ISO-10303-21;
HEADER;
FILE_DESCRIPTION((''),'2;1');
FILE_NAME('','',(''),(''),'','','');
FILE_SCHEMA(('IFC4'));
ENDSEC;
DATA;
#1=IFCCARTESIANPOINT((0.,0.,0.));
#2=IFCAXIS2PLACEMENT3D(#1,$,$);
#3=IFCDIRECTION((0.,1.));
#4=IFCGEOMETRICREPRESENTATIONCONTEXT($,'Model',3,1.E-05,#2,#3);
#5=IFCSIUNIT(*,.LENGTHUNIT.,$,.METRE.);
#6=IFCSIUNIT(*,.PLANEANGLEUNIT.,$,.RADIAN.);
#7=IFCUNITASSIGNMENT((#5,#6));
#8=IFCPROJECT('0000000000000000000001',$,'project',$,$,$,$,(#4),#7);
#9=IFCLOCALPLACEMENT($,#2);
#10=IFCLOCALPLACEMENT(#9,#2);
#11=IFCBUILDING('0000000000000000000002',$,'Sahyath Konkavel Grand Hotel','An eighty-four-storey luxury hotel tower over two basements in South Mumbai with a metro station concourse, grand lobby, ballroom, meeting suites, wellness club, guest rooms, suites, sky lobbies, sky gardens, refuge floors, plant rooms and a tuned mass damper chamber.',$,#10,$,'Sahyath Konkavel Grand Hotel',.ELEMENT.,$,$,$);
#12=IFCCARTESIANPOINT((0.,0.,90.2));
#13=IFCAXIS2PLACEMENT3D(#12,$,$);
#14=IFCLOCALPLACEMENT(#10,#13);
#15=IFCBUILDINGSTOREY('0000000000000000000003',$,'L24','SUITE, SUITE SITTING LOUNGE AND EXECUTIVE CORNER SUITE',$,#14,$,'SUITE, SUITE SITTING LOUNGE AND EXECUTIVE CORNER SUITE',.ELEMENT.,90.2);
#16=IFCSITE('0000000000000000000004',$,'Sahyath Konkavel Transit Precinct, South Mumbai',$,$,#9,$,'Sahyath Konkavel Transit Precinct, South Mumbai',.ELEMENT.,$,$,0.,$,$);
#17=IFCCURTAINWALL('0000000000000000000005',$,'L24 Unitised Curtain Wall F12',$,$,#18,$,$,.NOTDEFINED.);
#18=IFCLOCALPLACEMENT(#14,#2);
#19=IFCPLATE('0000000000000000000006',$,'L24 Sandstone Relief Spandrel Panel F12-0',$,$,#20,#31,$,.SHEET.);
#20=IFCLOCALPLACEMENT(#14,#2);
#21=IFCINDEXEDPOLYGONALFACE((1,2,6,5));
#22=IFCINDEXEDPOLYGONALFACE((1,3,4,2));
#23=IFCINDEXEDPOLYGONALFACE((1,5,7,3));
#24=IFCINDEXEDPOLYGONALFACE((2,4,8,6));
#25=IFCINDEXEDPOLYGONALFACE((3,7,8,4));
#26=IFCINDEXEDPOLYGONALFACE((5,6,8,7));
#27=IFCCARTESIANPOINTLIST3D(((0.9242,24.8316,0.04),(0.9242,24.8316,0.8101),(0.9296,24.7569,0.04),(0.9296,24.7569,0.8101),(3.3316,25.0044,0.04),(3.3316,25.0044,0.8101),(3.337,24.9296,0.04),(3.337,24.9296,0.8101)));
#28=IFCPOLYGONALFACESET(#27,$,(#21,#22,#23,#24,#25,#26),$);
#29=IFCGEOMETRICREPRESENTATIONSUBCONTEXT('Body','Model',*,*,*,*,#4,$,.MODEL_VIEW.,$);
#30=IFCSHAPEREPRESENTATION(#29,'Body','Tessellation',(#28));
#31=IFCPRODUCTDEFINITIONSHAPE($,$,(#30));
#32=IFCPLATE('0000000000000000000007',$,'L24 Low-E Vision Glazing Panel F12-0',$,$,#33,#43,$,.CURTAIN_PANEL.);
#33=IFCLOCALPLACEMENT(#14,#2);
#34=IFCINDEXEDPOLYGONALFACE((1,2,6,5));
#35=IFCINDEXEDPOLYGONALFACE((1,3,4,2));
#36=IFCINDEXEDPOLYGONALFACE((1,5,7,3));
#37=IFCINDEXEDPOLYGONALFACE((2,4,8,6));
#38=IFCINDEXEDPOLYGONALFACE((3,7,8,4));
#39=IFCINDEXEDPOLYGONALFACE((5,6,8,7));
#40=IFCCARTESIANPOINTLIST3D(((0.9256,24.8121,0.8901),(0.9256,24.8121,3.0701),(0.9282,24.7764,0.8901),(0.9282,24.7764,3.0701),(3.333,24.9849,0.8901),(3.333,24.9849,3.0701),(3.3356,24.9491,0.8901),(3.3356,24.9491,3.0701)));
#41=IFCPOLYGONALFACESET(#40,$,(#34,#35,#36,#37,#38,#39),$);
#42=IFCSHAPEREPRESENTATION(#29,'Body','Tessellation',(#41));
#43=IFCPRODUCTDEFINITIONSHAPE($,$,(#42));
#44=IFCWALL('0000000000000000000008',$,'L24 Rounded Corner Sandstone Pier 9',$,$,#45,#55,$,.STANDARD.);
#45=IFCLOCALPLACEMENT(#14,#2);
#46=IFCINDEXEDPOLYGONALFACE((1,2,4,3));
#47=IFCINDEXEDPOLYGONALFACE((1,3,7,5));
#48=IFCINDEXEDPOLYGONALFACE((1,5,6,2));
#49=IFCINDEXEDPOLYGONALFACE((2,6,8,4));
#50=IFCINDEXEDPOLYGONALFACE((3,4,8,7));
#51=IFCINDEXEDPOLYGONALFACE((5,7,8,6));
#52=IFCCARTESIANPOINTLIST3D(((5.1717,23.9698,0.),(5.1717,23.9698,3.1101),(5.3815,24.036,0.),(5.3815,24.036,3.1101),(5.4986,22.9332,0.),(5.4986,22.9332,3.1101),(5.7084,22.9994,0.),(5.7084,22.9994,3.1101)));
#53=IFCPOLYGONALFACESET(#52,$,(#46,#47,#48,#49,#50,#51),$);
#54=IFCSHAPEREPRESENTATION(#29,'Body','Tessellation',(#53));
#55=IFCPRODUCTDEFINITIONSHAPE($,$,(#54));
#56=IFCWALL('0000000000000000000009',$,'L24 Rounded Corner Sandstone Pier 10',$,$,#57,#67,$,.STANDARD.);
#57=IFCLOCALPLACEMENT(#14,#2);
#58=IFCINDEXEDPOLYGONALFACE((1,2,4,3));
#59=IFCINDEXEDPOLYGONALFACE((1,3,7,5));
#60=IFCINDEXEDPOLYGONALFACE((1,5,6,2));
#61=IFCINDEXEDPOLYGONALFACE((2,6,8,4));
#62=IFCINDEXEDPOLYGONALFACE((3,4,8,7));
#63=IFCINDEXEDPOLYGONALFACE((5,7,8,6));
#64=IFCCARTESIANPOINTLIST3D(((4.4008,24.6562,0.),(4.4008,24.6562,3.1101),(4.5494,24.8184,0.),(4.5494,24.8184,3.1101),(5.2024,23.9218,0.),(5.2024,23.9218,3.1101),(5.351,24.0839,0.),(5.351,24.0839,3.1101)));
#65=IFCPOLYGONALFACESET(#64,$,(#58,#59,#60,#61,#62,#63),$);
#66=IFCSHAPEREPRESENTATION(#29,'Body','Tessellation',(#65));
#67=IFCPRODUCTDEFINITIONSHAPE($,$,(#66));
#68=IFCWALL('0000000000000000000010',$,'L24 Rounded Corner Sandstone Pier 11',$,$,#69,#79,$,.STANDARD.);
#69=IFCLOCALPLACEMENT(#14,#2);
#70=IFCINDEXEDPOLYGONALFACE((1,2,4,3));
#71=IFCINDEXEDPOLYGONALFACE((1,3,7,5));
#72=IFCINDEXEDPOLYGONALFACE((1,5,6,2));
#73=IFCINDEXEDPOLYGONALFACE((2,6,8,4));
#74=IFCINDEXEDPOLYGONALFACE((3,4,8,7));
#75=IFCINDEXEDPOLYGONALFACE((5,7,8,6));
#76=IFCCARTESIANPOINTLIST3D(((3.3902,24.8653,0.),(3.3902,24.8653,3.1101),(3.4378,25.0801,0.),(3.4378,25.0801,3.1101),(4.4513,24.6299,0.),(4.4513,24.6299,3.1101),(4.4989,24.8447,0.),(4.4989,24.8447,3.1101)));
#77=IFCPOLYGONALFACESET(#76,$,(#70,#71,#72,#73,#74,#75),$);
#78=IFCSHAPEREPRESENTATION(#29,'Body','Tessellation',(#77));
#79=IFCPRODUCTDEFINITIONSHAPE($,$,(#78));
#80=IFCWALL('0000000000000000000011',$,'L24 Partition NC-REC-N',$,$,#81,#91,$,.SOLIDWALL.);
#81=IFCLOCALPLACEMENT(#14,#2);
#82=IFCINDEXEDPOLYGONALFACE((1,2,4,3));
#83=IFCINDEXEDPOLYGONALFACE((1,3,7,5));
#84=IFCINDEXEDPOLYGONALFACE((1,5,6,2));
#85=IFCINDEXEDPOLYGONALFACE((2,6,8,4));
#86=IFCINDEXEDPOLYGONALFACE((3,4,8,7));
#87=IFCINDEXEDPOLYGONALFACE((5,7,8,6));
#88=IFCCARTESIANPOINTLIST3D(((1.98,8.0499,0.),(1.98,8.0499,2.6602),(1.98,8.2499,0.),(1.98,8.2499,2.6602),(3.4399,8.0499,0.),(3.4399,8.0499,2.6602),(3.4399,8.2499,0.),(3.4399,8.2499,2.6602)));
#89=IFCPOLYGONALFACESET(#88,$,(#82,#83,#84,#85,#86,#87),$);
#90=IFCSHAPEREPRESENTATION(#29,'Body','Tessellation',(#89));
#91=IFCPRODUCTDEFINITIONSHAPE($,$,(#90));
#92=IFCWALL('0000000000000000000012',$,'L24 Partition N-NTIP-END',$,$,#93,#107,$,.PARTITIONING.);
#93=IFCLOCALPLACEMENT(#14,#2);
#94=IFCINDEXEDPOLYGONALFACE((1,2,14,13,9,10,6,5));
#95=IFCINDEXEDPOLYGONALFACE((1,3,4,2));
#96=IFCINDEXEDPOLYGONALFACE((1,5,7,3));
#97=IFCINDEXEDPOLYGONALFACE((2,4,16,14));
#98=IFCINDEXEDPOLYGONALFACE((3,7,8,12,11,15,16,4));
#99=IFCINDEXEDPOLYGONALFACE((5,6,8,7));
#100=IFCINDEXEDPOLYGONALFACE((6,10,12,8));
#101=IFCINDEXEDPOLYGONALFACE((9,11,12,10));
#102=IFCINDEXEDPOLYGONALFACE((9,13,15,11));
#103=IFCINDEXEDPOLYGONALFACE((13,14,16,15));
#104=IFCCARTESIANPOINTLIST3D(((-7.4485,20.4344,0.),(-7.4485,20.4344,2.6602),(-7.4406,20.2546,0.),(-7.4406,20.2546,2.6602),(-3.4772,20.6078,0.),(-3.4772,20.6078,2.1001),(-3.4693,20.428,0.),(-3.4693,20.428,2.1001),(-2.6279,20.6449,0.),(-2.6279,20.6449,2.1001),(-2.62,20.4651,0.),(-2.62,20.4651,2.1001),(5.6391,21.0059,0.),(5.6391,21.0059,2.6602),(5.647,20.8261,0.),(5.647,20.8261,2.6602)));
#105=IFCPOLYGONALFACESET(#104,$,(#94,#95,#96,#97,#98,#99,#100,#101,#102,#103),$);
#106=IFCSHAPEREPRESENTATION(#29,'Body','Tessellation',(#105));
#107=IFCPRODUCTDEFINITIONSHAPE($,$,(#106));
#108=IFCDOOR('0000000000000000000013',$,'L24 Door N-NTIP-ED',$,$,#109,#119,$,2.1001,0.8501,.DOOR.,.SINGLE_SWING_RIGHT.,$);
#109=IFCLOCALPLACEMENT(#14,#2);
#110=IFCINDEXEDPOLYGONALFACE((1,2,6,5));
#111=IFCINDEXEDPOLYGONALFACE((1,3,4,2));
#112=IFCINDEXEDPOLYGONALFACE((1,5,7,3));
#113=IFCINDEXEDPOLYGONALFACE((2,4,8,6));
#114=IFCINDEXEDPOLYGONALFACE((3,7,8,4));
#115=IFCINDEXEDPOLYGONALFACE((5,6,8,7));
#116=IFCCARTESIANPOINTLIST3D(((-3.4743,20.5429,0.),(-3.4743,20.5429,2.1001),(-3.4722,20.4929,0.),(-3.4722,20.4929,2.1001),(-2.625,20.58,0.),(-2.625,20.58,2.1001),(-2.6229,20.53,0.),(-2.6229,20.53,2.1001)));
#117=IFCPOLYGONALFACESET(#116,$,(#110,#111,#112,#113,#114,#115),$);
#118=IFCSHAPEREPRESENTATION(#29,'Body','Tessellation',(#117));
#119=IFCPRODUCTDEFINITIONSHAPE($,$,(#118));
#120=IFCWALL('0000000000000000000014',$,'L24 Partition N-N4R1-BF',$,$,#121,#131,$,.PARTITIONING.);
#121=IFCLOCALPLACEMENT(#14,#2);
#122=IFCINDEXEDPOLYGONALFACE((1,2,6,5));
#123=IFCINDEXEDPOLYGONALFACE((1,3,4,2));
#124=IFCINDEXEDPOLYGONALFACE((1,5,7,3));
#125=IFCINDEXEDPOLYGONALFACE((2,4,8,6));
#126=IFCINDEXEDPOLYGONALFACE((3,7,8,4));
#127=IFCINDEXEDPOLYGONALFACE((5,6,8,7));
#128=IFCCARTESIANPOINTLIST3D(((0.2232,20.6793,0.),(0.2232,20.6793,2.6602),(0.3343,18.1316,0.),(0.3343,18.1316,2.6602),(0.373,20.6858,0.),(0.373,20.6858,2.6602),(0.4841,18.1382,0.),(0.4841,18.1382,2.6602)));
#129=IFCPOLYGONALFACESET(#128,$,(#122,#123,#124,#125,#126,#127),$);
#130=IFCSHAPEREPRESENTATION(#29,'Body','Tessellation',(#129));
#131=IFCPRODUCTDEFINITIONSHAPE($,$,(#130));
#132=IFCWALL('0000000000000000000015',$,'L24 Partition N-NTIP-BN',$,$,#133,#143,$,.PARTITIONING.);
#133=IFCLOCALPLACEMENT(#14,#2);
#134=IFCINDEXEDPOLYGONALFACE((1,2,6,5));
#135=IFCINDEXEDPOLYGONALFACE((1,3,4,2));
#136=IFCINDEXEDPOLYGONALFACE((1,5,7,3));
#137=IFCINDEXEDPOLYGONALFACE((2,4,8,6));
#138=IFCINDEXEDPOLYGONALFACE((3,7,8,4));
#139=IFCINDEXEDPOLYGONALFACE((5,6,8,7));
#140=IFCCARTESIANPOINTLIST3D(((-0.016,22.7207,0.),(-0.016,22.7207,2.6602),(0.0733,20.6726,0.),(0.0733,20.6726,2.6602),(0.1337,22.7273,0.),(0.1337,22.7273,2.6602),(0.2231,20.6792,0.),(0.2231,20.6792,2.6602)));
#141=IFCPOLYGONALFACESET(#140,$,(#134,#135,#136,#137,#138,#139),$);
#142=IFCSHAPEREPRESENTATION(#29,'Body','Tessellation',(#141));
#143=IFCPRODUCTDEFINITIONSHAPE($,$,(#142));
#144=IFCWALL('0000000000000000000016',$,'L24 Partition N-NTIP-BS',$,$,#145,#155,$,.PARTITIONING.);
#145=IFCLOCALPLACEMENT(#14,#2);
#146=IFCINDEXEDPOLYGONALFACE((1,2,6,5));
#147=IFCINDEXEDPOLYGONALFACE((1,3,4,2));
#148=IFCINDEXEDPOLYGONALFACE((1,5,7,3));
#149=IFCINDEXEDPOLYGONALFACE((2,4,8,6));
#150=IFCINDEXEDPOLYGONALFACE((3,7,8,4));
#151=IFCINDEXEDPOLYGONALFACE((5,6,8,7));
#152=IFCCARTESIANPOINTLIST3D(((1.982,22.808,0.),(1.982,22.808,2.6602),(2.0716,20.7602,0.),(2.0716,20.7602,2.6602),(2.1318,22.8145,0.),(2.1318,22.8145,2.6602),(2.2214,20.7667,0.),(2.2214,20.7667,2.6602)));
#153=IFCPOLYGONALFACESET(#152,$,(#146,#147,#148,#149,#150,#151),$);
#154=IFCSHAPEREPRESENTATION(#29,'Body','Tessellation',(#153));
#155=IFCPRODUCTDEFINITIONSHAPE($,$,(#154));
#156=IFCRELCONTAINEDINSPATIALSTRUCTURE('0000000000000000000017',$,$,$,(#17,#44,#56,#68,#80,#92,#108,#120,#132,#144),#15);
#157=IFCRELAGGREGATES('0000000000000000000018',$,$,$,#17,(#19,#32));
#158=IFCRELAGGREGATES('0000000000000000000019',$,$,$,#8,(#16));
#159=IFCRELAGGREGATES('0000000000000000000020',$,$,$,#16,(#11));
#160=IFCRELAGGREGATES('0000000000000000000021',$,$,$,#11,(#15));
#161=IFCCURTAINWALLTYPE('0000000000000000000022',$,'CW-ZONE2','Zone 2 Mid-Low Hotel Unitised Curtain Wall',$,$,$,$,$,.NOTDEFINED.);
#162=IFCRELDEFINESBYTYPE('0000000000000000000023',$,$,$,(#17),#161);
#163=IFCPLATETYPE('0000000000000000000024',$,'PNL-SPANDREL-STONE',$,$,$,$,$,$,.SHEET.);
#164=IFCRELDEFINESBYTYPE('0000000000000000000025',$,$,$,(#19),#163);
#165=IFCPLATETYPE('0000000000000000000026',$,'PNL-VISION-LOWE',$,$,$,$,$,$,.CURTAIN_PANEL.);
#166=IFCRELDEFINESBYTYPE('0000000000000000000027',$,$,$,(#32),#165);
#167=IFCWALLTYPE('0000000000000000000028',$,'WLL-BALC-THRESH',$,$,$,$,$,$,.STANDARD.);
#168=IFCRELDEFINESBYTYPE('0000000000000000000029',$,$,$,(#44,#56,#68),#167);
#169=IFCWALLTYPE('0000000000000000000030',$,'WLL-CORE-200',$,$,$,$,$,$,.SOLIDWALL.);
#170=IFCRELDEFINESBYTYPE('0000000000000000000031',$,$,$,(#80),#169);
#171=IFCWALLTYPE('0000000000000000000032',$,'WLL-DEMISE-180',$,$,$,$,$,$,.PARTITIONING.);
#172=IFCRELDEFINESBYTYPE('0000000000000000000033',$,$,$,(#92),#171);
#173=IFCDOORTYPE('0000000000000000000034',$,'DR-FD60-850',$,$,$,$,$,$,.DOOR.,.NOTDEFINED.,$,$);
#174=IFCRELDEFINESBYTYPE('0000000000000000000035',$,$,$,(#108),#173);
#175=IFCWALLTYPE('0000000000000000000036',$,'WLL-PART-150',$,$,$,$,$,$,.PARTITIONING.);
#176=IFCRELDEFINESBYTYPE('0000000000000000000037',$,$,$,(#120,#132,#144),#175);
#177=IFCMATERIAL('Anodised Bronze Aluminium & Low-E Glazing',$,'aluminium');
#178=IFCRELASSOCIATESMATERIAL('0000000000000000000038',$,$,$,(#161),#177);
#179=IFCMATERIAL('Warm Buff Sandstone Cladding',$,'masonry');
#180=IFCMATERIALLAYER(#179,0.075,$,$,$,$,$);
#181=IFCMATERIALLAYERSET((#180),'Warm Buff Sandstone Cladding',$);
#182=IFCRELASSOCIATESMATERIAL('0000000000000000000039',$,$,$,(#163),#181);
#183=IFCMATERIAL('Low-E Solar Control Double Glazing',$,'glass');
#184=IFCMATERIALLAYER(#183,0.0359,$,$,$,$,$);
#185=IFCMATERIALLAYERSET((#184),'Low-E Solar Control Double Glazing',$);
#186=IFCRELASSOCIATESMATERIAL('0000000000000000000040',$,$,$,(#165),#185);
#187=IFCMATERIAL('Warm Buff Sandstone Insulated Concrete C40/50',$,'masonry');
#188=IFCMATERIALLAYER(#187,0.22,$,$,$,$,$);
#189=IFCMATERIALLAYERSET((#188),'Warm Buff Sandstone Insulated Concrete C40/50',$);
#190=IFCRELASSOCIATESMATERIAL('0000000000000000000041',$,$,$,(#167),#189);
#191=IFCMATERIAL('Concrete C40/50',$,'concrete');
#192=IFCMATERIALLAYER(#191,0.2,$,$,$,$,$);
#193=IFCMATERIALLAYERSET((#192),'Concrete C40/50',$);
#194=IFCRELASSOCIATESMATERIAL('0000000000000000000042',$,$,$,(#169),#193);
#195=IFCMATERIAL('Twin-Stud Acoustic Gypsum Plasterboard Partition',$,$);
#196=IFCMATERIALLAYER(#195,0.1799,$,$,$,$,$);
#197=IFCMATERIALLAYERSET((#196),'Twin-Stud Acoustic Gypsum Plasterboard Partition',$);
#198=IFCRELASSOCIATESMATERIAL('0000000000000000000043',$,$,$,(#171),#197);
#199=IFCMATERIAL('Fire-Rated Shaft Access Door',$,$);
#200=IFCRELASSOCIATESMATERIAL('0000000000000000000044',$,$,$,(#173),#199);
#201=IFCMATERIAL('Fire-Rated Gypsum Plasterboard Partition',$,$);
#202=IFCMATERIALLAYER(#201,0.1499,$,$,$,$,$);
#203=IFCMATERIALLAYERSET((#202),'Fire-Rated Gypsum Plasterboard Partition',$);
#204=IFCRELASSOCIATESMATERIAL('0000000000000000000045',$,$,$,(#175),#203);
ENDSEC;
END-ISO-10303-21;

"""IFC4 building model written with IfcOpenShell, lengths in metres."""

from ifc_helpers import new_model, si_unit, direction, frame, frame_2d, origin, origin_2d, place, context, subcontext, project, spatial, rectangle, extrude, source, transform, mapped, material, layer, layer_set, type_object, element, fill, aggregate, save


model = new_model("IFC4")

# Units and contexts
model_context = context("Model", 3, precision=1e-05, world=origin(), true_north=direction((0.0, 1.0)))
body_context = subcontext(model_context, "Body", "Model", "MODEL_VIEW")
ifc_project = project(units=[si_unit("LENGTHUNIT", "METRE"), si_unit("PLANEANGLEUNIT", "RADIAN")], contexts=[model_context])

# Site, building, storey
site_placement = place(None, origin())
site = spatial("IfcSite", under=ifc_project, at=site_placement, Name="Sahyath Konkavel Transit Precinct, South Mumbai", LongName="Sahyath Konkavel Transit Precinct, South Mumbai", CompositionType="ELEMENT", RefElevation=0.0)
building_placement = place(site_placement, origin())
building = spatial("IfcBuilding", under=site, at=building_placement, Name="Sahyath Konkavel Grand Hotel", Description="An eighty-four-storey luxury hotel tower over two basements in South Mumbai with a metro station concourse, grand lobby, ballroom, meeting suites, wellness club, guest rooms, suites, sky lobbies, sky gardens, refuge floors, plant rooms and a tuned mass damper chamber.", LongName="Sahyath Konkavel Grand Hotel", CompositionType="ELEMENT")
storey_placement = place(building_placement, frame((0.0, 0.0, 90.2)))
storey = spatial("IfcBuildingStorey", under=building, at=storey_placement, Name="L24", Description="SUITE, SUITE SITTING LOUNGE AND EXECUTIVE CORNER SUITE", LongName="SUITE, SUITE SITTING LOUNGE AND EXECUTIVE CORNER SUITE", CompositionType="ELEMENT", Elevation=90.2)

# Shared definitions
ifc_material_1 = material(Name="Anodised Bronze Aluminium & Low-E Glazing", Category="aluminium")
curtain_wall_type = type_object("IfcCurtainWallType", Name="CW-ZONE2", Description="Zone 2 Mid-Low Hotel Unitised Curtain Wall", PredefinedType="NOTDEFINED", material=ifc_material_1)

# Curtain wall, plates
curtain_wall_1_placement = place(storey_placement, origin())
curtain_wall_1 = element("IfcCurtainWall", 1, at=curtain_wall_1_placement, inside=storey, type_object=curtain_wall_type, Name="L24 Unitised Curtain Wall F12", PredefinedType="NOTDEFINED")
ifc_material_2 = material(Name="Warm Buff Sandstone Cladding", Category="masonry")
ifc_layer_1 = layer(ifc_material_2, 0.075)
ifc_layer_set_1 = layer_set([ifc_layer_1], Name="Warm Buff Sandstone Cladding")
plate_type_1 = type_object("IfcPlateType", Name="PNL-SPANDREL-STONE", PredefinedType="SHEET", material=ifc_layer_set_1)
shared_shape_1 = source(origin(), body_context, "Body", "SweptSolid", [
    extrude(rectangle(XDim=2.4136, YDim=0.075, at=origin_2d()), origin(), (0.0, 0.0, 1.0), 0.77),
])
plate_1_placement = place(storey_placement, frame((2.1306, 24.8806, 0.04), z_axis=(0.0, 0.0, 1.0), x_axis=(-0.997436, -0.071567, 0.0)))
plate_1 = element("IfcPlate", 2, at=plate_1_placement, type_object=plate_type_1, Name="L24 Sandstone Relief Spandrel Panel F12-0", PredefinedType="SHEET", context=body_context, shape_type="MappedRepresentation", body=[
    mapped(shared_shape_1, transform((0.0, 0.0, 0.0), scale=1.0)),
])
ifc_material_3 = material(Name="Low-E Solar Control Double Glazing", Category="glass")
ifc_layer_2 = layer(ifc_material_3, 0.0359)
ifc_layer_set_2 = layer_set([ifc_layer_2], Name="Low-E Solar Control Double Glazing")
plate_type_2 = type_object("IfcPlateType", Name="PNL-VISION-LOWE", PredefinedType="CURTAIN_PANEL", material=ifc_layer_set_2)
shared_shape_2 = source(origin(), body_context, "Body", "SweptSolid", [
    extrude(rectangle(XDim=2.4136, YDim=0.0359, at=origin_2d()), origin(), (0.0, 0.0, 1.0), 2.1799),
])
plate_2_placement = place(storey_placement, frame((2.1306, 24.8806, 0.8901), z_axis=(0.0, 0.0, 1.0), x_axis=(-0.997436, -0.071567, 0.0)))
plate_2 = element("IfcPlate", 3, at=plate_2_placement, type_object=plate_type_2, Name="L24 Low-E Vision Glazing Panel F12-0", PredefinedType="CURTAIN_PANEL", context=body_context, shape_type="MappedRepresentation", body=[
    mapped(shared_shape_2, transform((0.0, 0.0, 0.0), scale=1.0)),
])
aggregate(curtain_wall_1, [plate_1, plate_2])

# Walls
ifc_material_4 = material(Name="Warm Buff Sandstone Insulated Concrete C40/50", Category="masonry")
ifc_layer_3 = layer(ifc_material_4, 0.22)
ifc_layer_set_3 = layer_set([ifc_layer_3], Name="Warm Buff Sandstone Insulated Concrete C40/50")
wall_type_1 = type_object("IfcWallType", Name="WLL-BALC-THRESH", PredefinedType="STANDARD", material=ifc_layer_set_3)
wall_1_placement = place(storey_placement, frame((5.6035, 22.9663, 0.0), z_axis=(0.0, 0.0, 1.0), x_axis=(-0.300755, 0.953701, 0.0)))
element("IfcWall", 4, at=wall_1_placement, inside=storey, type_object=wall_type_1, Name="L24 Rounded Corner Sandstone Pier 9", PredefinedType="STANDARD", context=body_context, shape_type="SweptSolid", body=[
    extrude(rectangle(XDim=1.0869, YDim=0.22, at=frame_2d((0.5435, 0.0))), origin(), (0.0, 0.0, 1.0), 3.1101),
])
wall_2_placement = place(storey_placement, frame((5.2766, 24.0029, 0.0), z_axis=(0.0, 0.0, 1.0), x_axis=(-0.737313, 0.675552, 0.0)))
element("IfcWall", 5, at=wall_2_placement, inside=storey, type_object=wall_type_1, Name="L24 Rounded Corner Sandstone Pier 10", PredefinedType="STANDARD", context=body_context, shape_type="SweptSolid", body=[
    extrude(rectangle(XDim=1.0872, YDim=0.22, at=frame_2d((0.5435, 0.0))), origin(), (0.0, 0.0, 1.0), 3.1101),
])
wall_3_placement = place(storey_placement, frame((4.4751, 24.7373, 0.0), z_axis=(0.0, 0.0, 1.0), x_axis=(-0.976272, 0.21655, 0.0)))
element("IfcWall", 6, at=wall_3_placement, inside=storey, type_object=wall_type_1, Name="L24 Rounded Corner Sandstone Pier 11", PredefinedType="STANDARD", context=body_context, shape_type="SweptSolid", body=[
    extrude(rectangle(XDim=1.0869, YDim=0.22, at=frame_2d((0.5435, 0.0))), origin(), (0.0, 0.0, 1.0), 3.1101),
])
ifc_material_5 = material(Name="Concrete C40/50", Category="concrete")
ifc_layer_4 = layer(ifc_material_5, 0.2)
ifc_layer_set_4 = layer_set([ifc_layer_4], Name="Concrete C40/50")
wall_type_2 = type_object("IfcWallType", Name="WLL-CORE-200", PredefinedType="SOLIDWALL", material=ifc_layer_set_4)
wall_4_placement = place(storey_placement, frame((1.98, 8.1499, 0.0), z_axis=(0.0, 0.0, 1.0), x_axis=(1.0, 0.0, 0.0)))
element("IfcWall", 7, at=wall_4_placement, inside=storey, type_object=wall_type_2, Name="L24 Partition NC-REC-N", PredefinedType="SOLIDWALL", context=body_context, shape_type="SweptSolid", body=[
    extrude(rectangle(XDim=1.46, YDim=0.2, at=frame_2d((0.73, 0.0))), origin(), (0.0, 0.0, 1.0), 2.6602),
])

# Wall, opening, door
ifc_material_6 = material(Name="Twin-Stud Acoustic Gypsum Plasterboard Partition")
ifc_layer_5 = layer(ifc_material_6, 0.1799)
ifc_layer_set_5 = layer_set([ifc_layer_5], Name="Twin-Stud Acoustic Gypsum Plasterboard Partition")
wall_type_3 = type_object("IfcWallType", Name="WLL-DEMISE-180", PredefinedType="PARTITIONING", material=ifc_layer_set_5)
wall_5_placement = place(storey_placement, frame((5.6431, 20.916, 0.0), z_axis=(0.0, 0.0, 1.0), x_axis=(-0.999048, -0.043628, 0.0)))
wall_5 = element("IfcWall", 8, at=wall_5_placement, inside=storey, type_object=wall_type_3, Name="L24 Partition N-NTIP-END", PredefinedType="PARTITIONING", context=body_context, shape_type="SweptSolid", body=[
    extrude(rectangle(XDim=13.1001, YDim=0.1799, at=frame_2d((6.55, 0.0))), origin(), (0.0, 0.0, 1.0), 2.6602),
])
opening_1_placement = place(wall_5_placement, frame((8.2749, 0.0, 0.0)))
opening_1 = element("IfcOpeningElement", 9, at=opening_1_placement, cuts=wall_5, PredefinedType="OPENING", context=body_context, shape_type="SweptSolid", body=[
    extrude(rectangle(XDim=0.8501, YDim=2.1001, at=frame_2d((0.425, 1.05))), frame((0.0, 0.1001, 0.0), z_axis=(0.0, -1.0, 0.0), x_axis=(1.0, 0.0, 0.0)), (0.0, 0.0, 1.0), 0.2),
])
ifc_material_7 = material(Name="Fire-Rated Shaft Access Door")
door_type_1 = type_object("IfcDoorType", Name="DR-FD60-850", OperationType="NOTDEFINED", PredefinedType="DOOR", material=ifc_material_7)
shared_shape_3 = source(origin(), body_context, "Body", "SweptSolid", [
    extrude(rectangle(XDim=0.8501, YDim=0.05, at=origin_2d()), origin(), (0.0, 0.0, 1.0), 2.1001),
])
door_1_placement = place(opening_1_placement, frame((0.425, 0.0, 0.0)))
door_1 = element("IfcDoor", 10, at=door_1_placement, inside=storey, type_object=door_type_1, Name="L24 Door N-NTIP-ED", OperationType="SINGLE_SWING_RIGHT", OverallHeight=2.1001, OverallWidth=0.8501, PredefinedType="DOOR", context=body_context, shape_type="MappedRepresentation", body=[
    mapped(shared_shape_3, transform((0.0, 0.0, 0.0), scale=1.0)),
])
fill(opening_1, door_1)

# Walls
ifc_material_8 = material(Name="Fire-Rated Gypsum Plasterboard Partition")
ifc_layer_6 = layer(ifc_material_8, 0.1499)
ifc_layer_set_6 = layer_set([ifc_layer_6], Name="Fire-Rated Gypsum Plasterboard Partition")
wall_type_4 = type_object("IfcWallType", Name="WLL-PART-150", PredefinedType="PARTITIONING", material=ifc_layer_set_6)
wall_6_placement = place(storey_placement, frame((0.4092, 18.135, 0.0), z_axis=(0.0, 0.0, 1.0), x_axis=(-0.043562, 0.999051, 0.0)))
element("IfcWall", 11, at=wall_6_placement, inside=storey, type_object=wall_type_4, Name="L24 Partition N-N4R1-BF", PredefinedType="PARTITIONING", context=body_context, shape_type="SweptSolid", body=[
    extrude(rectangle(XDim=2.55, YDim=0.1499, at=frame_2d((1.2749, 0.0))), origin(), (0.0, 0.0, 1.0), 2.6602),
])
wall_7_placement = place(storey_placement, frame((0.1482, 20.676, 0.0), z_axis=(0.0, 0.0, 1.0), x_axis=(-0.043587, 0.99905, 0.0)))
element("IfcWall", 12, at=wall_7_placement, inside=storey, type_object=wall_type_4, Name="L24 Partition N-NTIP-BN", PredefinedType="PARTITIONING", context=body_context, shape_type="SweptSolid", body=[
    extrude(rectangle(XDim=2.05, YDim=0.1499, at=frame_2d((1.0249, 0.0))), origin(), (0.0, 0.0, 1.0), 2.6602),
])
wall_8_placement = place(storey_placement, frame((2.1465, 20.7634, 0.0), z_axis=(0.0, 0.0, 1.0), x_axis=(-0.043711, 0.999044, 0.0)))
element("IfcWall", 13, at=wall_8_placement, inside=storey, type_object=wall_type_4, Name="L24 Partition N-NTIP-BS", PredefinedType="PARTITIONING", context=body_context, shape_type="SweptSolid", body=[
    extrude(rectangle(XDim=2.0498, YDim=0.1499, at=frame_2d((1.0249, 0.0))), origin(), (0.0, 0.0, 1.0), 2.6602),
])

save(model, "model.ifc")
